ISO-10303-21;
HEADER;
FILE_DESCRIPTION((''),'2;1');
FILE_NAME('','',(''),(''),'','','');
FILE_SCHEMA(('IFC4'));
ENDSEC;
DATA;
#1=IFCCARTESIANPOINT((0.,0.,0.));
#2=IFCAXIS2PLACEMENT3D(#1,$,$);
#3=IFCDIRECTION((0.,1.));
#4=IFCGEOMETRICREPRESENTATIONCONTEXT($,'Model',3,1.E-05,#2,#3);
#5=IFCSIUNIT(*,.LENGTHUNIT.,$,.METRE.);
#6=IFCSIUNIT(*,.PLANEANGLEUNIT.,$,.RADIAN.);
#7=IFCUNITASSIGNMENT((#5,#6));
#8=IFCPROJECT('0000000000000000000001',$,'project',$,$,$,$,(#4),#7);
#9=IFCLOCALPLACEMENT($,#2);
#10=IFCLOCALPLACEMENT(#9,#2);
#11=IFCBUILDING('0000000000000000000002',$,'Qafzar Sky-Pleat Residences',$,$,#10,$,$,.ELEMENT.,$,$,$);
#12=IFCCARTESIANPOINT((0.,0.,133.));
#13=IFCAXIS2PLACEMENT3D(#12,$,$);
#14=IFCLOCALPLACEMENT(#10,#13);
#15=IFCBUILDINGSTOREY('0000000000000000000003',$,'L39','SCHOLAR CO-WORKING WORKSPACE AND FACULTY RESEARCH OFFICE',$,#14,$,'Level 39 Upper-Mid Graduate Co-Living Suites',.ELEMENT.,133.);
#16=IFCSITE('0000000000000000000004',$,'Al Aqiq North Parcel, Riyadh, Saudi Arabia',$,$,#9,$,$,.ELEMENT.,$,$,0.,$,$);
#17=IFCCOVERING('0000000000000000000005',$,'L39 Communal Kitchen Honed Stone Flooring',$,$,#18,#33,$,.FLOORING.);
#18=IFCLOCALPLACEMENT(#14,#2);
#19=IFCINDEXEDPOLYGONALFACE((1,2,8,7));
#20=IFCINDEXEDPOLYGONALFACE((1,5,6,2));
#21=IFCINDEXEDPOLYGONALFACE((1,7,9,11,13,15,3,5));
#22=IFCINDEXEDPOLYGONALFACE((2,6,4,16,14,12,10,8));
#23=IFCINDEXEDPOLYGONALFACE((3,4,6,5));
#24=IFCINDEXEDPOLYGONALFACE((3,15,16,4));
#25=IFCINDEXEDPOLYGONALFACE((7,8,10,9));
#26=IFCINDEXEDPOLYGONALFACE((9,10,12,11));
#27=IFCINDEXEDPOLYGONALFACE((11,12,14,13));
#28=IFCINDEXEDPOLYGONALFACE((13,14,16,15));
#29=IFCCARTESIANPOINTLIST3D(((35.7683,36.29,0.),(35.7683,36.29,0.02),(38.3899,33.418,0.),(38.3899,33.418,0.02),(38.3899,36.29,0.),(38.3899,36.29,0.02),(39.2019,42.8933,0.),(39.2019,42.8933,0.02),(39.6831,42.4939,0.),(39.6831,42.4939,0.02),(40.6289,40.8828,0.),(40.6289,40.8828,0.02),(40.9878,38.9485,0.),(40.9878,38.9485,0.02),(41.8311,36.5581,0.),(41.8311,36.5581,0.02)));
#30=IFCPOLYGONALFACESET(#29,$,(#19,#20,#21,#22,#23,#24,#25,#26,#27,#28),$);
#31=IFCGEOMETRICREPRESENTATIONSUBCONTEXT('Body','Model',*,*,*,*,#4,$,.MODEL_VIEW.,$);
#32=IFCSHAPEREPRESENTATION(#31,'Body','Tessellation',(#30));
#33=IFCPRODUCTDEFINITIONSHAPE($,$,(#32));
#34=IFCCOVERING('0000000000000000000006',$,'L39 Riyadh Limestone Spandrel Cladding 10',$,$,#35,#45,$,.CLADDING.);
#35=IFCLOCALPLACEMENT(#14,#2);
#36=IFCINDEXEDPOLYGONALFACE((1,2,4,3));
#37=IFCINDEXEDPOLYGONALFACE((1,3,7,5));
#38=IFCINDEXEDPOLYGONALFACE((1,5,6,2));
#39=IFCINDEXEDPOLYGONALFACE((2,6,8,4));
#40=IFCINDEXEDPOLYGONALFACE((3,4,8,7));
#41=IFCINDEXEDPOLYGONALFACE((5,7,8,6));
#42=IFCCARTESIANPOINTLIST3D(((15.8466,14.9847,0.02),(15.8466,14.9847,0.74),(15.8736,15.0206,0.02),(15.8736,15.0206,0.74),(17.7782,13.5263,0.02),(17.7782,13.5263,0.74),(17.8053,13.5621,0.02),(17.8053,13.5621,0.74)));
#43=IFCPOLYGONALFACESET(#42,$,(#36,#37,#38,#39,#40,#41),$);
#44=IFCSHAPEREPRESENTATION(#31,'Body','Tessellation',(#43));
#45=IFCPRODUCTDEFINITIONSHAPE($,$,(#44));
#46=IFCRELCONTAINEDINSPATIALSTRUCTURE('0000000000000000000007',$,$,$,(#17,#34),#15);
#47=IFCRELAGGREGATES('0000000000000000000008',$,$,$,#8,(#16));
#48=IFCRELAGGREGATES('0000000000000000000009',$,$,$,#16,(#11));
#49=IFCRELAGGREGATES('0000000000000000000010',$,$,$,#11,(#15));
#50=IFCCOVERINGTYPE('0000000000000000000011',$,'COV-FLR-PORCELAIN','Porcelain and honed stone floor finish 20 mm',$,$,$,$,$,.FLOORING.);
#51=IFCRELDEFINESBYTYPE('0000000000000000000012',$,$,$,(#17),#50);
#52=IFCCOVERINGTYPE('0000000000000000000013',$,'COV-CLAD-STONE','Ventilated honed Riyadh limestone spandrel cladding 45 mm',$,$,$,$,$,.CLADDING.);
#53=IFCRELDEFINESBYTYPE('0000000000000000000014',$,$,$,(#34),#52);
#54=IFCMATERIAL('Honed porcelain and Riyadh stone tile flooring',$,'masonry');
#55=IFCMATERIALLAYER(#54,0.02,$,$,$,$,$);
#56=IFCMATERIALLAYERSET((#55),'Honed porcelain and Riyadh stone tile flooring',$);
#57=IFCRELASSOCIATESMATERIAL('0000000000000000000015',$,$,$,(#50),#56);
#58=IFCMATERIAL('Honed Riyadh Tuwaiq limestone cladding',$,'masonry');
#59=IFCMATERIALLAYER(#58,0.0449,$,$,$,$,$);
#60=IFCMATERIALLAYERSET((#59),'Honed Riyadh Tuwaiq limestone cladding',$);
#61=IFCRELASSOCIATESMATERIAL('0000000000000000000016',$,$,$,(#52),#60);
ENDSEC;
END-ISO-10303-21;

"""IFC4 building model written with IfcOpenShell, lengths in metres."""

from ifc_helpers import new_model, si_unit, direction, frame, origin, origin_2d, place, context, subcontext, project, spatial, polyline, rectangle, outline, extrude, source, transform, mapped, material, layer, layer_set, type_object, element, save


model = new_model("IFC4")

# Units and contexts
model_context = context("Model", 3, precision=1e-05, world=origin(), true_north=direction((0.0, 1.0)))
body_context = subcontext(model_context, "Body", "Model", "MODEL_VIEW")
ifc_project = project(units=[si_unit("LENGTHUNIT", "METRE"), si_unit("PLANEANGLEUNIT", "RADIAN")], contexts=[model_context])

# Site, building, storey
site_placement = place(None, origin())
site = spatial("IfcSite", under=ifc_project, at=site_placement, Name="Al Aqiq North Parcel, Riyadh, Saudi Arabia", CompositionType="ELEMENT", RefElevation=0.0)
building_placement = place(site_placement, origin())
building = spatial("IfcBuilding", under=site, at=building_placement, Name="Qafzar Sky-Pleat Residences", CompositionType="ELEMENT")
storey_placement = place(building_placement, frame((0.0, 0.0, 133.0)))
storey = spatial("IfcBuildingStorey", under=building, at=storey_placement, Name="L39", Description="SCHOLAR CO-WORKING WORKSPACE AND FACULTY RESEARCH OFFICE", LongName="Level 39 Upper-Mid Graduate Co-Living Suites", CompositionType="ELEMENT", Elevation=133.0)

# Coverings
ifc_material_1 = material(Name="Honed porcelain and Riyadh stone tile flooring", Category="masonry")
ifc_layer_1 = layer(ifc_material_1, 0.02)
ifc_layer_set_1 = layer_set([ifc_layer_1], Name="Honed porcelain and Riyadh stone tile flooring")
covering_type_1 = type_object("IfcCoveringType", Name="COV-FLR-PORCELAIN", Description="Porcelain and honed stone floor finish 20 mm", PredefinedType="FLOORING", material=ifc_layer_set_1)
covering_1_placement = place(storey_placement, origin())
element("IfcCovering", 1, at=covering_1_placement, inside=storey, type_object=covering_type_1, Name="L39 Communal Kitchen Honed Stone Flooring", PredefinedType="FLOORING", context=body_context, shape_type="SweptSolid", body=[
    extrude(outline(polyline([(39.6831, 42.4939), (40.6289, 40.8828), (40.9878, 38.9485), (41.8311, 36.5581), (38.3899, 33.418), (38.3899, 36.29), (35.7683, 36.29), (39.2019, 42.8933), (39.6831, 42.4939)])), origin(), (0.0, 0.0, 1.0), 0.02),
])
ifc_material_2 = material(Name="Honed Riyadh Tuwaiq limestone cladding", Category="masonry")
ifc_layer_2 = layer(ifc_material_2, 0.0449)
ifc_layer_set_2 = layer_set([ifc_layer_2], Name="Honed Riyadh Tuwaiq limestone cladding")
covering_type_2 = type_object("IfcCoveringType", Name="COV-CLAD-STONE", Description="Ventilated honed Riyadh limestone spandrel cladding 45 mm", PredefinedType="CLADDING", material=ifc_layer_set_2)
shared_shape_1 = source(origin(), body_context, "Body", "SweptSolid", [
    extrude(rectangle(XDim=2.4204, YDim=0.0449, at=origin_2d()), origin(), (0.0, 0.0, 1.0), 0.72),
])
covering_2_placement = place(storey_placement, frame((16.8259, 14.2734, 0.02), z_axis=(0.0, 0.0, 1.0), x_axis=(0.798068, -0.602567, 0.0)))
element("IfcCovering", 2, at=covering_2_placement, inside=storey, type_object=covering_type_2, Name="L39 Riyadh Limestone Spandrel Cladding 10", PredefinedType="CLADDING", context=body_context, shape_type="MappedRepresentation", body=[
    mapped(shared_shape_1, transform((0.0, 0.0, 0.0), x_axis=(1.0, 0.0, 0.0), y_axis=(0.0, 1.0, 0.0), z_axis=(0.0, 0.0, 1.0), scale=1.0)),
])

save(model, "model.ifc")
